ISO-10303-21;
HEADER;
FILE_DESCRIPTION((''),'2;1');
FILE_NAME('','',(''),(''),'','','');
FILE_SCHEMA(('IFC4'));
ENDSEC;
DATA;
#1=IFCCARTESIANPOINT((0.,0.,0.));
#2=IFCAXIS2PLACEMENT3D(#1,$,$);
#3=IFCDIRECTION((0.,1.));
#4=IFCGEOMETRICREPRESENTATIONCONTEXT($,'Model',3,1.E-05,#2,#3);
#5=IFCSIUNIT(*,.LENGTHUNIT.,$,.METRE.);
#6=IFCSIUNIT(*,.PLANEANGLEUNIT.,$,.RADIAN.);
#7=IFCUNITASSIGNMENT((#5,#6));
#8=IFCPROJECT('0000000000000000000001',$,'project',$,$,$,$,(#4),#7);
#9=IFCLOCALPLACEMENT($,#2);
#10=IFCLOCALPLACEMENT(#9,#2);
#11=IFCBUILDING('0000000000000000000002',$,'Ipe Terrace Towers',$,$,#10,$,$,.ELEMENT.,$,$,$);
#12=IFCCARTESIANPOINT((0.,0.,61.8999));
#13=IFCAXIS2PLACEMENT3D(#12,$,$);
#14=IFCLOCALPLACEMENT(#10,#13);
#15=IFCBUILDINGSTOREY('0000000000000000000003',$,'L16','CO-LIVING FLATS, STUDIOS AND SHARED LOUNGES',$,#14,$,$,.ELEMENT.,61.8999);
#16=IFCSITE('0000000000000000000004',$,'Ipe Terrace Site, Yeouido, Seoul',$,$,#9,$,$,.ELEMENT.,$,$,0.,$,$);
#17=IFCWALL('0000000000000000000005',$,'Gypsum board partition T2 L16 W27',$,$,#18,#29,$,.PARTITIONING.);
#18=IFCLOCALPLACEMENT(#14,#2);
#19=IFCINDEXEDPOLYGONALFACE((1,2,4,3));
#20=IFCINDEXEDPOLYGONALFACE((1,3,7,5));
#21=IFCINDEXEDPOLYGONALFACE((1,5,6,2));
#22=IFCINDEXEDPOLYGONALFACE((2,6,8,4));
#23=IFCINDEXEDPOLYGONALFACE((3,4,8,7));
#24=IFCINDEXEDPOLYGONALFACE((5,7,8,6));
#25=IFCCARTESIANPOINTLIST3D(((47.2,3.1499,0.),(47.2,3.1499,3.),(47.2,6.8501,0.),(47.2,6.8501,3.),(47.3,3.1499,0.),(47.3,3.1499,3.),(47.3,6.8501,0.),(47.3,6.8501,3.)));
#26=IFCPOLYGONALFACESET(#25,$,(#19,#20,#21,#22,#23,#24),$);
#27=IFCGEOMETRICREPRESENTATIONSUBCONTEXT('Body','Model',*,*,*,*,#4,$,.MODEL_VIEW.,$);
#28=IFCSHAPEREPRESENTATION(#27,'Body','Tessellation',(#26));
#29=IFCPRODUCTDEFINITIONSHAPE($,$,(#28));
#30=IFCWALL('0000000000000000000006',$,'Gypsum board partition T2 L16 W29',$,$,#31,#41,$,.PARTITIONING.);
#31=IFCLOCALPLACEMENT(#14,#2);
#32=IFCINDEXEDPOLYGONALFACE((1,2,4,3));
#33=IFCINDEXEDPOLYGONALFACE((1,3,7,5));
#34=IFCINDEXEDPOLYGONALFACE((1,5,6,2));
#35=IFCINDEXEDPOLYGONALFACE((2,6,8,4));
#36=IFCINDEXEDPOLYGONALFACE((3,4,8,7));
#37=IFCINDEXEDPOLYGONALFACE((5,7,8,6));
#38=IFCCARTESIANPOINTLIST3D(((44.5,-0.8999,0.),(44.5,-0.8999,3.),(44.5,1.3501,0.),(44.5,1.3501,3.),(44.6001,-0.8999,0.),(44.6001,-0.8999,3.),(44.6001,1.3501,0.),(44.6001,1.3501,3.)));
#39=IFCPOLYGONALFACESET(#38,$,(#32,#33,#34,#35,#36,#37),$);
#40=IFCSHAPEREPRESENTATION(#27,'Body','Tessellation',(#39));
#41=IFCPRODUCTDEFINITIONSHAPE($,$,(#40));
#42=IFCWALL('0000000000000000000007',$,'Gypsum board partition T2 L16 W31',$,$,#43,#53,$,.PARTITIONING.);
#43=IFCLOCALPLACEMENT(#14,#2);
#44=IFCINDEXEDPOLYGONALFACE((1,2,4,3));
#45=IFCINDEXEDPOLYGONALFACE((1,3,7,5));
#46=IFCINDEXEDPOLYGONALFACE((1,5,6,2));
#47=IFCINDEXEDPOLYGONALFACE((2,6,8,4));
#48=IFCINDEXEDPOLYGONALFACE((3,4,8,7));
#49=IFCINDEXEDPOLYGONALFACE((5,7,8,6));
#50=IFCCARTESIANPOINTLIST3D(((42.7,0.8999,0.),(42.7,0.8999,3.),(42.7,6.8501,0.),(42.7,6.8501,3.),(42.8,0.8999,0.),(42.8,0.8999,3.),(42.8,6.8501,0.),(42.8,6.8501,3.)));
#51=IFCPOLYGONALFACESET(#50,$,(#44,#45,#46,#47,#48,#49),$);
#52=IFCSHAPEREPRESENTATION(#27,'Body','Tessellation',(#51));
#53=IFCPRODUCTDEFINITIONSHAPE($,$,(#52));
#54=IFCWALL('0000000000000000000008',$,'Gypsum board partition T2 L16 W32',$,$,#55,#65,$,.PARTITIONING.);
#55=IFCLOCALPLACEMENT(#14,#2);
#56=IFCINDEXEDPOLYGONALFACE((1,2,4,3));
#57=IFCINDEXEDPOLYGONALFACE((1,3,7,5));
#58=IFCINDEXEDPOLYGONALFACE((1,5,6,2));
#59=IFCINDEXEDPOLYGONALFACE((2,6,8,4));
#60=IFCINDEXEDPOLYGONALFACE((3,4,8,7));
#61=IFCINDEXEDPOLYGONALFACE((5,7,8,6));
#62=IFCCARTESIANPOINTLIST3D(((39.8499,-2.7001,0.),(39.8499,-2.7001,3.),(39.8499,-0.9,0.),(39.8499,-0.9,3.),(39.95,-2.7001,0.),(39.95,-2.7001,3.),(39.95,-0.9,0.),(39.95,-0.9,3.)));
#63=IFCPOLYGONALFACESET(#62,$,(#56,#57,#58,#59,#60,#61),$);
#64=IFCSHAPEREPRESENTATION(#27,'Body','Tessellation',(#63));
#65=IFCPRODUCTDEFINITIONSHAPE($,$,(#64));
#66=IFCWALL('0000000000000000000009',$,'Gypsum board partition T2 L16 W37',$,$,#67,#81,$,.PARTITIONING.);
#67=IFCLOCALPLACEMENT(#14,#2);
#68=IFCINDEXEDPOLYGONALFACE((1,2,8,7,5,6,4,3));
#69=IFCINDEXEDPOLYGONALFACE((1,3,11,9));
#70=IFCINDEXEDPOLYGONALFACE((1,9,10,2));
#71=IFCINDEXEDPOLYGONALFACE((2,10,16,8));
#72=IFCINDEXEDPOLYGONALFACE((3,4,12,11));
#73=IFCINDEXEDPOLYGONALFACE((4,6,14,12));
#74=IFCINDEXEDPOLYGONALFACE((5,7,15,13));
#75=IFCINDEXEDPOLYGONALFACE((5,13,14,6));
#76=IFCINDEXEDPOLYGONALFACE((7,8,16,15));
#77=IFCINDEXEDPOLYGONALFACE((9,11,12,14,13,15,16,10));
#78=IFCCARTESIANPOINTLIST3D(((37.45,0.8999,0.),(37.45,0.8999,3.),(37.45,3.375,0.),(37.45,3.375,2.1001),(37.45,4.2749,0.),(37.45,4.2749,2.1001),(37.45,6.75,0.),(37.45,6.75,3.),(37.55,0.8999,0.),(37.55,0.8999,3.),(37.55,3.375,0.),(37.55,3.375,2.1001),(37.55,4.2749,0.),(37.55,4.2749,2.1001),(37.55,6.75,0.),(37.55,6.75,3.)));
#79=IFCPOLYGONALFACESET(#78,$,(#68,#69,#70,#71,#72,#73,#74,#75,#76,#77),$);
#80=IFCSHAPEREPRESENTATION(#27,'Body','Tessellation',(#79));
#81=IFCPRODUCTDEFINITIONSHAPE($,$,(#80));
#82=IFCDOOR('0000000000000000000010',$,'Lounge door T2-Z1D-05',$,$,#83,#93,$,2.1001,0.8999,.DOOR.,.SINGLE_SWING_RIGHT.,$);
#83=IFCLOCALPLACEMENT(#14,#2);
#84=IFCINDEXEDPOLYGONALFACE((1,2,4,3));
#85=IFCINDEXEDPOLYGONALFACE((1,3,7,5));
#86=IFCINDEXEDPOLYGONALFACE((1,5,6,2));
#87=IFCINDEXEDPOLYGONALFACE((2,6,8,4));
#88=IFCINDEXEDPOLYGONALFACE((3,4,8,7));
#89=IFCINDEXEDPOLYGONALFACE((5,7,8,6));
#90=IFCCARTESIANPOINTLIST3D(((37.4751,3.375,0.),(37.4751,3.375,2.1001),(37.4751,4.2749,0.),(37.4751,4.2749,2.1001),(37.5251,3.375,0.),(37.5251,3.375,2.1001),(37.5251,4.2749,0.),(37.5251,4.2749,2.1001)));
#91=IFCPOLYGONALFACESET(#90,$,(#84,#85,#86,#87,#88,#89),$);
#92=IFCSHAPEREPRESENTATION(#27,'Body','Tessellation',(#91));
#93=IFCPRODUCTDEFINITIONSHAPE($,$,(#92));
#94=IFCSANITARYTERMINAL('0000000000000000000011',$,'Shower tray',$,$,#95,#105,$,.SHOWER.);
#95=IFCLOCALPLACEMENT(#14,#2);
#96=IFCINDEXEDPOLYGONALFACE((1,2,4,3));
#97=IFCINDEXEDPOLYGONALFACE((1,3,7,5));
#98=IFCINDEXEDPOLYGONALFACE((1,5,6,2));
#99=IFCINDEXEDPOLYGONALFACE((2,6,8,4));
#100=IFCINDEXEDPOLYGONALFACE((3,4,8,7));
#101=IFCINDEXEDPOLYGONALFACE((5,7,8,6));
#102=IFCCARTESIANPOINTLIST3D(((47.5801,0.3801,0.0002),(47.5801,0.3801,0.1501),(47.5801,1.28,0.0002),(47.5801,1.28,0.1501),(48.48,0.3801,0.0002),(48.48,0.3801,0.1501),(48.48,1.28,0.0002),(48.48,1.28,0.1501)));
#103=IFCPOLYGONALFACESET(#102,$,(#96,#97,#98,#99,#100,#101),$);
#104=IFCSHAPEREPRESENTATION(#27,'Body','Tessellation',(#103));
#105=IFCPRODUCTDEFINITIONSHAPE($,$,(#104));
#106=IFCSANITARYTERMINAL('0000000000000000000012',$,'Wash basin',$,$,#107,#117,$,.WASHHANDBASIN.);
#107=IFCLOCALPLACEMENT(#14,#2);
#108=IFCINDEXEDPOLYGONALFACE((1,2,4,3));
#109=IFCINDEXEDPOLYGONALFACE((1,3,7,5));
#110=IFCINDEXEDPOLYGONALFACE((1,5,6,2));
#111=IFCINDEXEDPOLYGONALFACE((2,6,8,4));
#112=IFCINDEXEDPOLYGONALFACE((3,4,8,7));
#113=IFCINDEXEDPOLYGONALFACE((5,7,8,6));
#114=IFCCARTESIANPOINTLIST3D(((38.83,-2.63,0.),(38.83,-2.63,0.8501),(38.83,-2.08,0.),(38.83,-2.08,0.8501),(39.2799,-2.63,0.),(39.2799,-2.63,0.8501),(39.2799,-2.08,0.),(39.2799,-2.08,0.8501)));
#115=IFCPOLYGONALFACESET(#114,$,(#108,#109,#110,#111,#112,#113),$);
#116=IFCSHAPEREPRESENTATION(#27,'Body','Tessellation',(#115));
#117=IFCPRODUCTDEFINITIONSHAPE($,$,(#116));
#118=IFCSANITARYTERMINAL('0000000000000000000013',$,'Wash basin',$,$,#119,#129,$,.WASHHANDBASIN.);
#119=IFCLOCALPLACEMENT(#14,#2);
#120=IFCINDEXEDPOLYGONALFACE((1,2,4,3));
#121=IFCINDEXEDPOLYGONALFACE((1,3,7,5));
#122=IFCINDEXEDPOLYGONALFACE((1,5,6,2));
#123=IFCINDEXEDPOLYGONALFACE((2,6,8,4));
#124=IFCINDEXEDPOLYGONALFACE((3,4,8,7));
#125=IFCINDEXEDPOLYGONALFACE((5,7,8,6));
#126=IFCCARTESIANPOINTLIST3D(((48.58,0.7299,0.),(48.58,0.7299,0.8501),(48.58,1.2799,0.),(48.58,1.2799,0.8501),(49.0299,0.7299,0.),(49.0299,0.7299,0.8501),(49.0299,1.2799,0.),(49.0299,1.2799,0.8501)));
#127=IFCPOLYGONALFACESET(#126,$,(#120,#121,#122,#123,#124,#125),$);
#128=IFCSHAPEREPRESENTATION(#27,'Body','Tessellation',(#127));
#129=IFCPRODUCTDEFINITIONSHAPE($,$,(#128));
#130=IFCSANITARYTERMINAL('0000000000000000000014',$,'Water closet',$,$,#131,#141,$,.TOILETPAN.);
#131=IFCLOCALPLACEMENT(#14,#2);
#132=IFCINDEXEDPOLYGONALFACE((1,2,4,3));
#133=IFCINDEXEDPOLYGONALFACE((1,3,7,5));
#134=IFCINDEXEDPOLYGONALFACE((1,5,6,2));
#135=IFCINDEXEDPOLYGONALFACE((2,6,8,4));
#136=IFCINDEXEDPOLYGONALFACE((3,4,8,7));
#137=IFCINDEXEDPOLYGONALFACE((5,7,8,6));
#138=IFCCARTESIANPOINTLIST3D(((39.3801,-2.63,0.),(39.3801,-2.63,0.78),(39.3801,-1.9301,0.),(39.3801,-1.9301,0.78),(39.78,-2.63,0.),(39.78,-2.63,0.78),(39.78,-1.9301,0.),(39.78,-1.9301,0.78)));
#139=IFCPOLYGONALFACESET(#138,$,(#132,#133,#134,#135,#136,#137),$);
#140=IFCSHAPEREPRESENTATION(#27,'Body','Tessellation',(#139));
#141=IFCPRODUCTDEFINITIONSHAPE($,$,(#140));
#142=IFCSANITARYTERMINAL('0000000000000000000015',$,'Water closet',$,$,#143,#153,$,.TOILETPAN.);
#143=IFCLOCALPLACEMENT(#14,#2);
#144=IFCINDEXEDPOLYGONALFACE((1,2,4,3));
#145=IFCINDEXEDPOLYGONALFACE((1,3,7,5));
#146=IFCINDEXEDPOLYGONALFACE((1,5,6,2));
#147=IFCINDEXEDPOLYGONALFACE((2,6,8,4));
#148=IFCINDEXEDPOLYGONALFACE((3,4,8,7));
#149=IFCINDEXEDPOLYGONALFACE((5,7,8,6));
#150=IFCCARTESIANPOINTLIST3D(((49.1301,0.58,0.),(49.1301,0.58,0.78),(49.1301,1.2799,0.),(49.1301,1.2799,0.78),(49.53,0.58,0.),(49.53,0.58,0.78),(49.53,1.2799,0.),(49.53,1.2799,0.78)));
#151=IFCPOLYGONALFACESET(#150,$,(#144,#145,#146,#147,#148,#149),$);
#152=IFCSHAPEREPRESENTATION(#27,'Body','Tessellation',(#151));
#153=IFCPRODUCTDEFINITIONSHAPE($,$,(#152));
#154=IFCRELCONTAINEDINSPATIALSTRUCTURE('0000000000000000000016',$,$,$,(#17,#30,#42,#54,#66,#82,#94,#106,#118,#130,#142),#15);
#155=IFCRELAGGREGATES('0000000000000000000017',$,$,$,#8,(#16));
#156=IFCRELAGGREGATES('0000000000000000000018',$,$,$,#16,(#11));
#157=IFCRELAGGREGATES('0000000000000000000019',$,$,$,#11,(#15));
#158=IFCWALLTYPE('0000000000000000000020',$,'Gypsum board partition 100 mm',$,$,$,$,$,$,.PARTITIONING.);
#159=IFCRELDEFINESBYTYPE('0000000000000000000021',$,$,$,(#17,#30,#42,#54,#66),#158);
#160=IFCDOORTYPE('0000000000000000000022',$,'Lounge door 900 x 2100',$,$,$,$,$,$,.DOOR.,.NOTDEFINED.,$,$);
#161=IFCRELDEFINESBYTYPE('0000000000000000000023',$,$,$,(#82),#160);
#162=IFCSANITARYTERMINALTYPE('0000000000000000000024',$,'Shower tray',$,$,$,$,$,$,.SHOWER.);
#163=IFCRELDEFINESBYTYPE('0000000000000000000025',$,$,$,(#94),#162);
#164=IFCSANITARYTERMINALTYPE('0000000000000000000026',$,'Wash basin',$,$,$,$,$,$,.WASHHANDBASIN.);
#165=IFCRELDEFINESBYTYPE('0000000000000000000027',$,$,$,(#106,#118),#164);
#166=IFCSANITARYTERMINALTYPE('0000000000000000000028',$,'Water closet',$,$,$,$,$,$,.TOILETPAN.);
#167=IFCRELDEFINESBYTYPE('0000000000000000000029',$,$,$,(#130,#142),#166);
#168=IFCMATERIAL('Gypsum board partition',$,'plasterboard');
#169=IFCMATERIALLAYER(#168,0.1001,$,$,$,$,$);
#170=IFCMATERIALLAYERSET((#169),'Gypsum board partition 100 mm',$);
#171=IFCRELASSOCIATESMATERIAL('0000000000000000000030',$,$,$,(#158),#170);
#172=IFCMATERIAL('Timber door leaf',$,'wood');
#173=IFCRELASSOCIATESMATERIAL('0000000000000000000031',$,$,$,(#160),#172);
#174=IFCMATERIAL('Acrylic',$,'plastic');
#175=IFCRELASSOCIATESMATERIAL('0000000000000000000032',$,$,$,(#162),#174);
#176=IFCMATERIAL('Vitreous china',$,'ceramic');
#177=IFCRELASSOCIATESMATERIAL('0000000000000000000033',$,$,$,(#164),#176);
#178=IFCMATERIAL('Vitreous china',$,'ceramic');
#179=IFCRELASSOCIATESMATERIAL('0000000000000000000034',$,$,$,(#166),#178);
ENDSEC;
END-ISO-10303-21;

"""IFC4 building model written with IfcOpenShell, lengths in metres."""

from ifc_helpers import new_model, si_unit, direction, frame, frame_2d, origin, origin_2d, place, context, subcontext, project, spatial, rectangle, extrude, material, layer, layer_set, type_object, element, fill, save


model = new_model("IFC4")

# Units and contexts
model_context = context("Model", 3, precision=1e-05, world=origin(), true_north=direction((0.0, 1.0)))
body_context = subcontext(model_context, "Body", "Model", "MODEL_VIEW")
ifc_project = project(units=[si_unit("LENGTHUNIT", "METRE"), si_unit("PLANEANGLEUNIT", "RADIAN")], contexts=[model_context])

# Site, building, storey
site_placement = place(None, origin())
site = spatial("IfcSite", under=ifc_project, at=site_placement, Name="Ipe Terrace Site, Yeouido, Seoul", CompositionType="ELEMENT", RefElevation=0.0)
building_placement = place(site_placement, origin())
building = spatial("IfcBuilding", under=site, at=building_placement, Name="Ipe Terrace Towers", CompositionType="ELEMENT")
storey_placement = place(building_placement, frame((0.0, 0.0, 61.8999)))
storey = spatial("IfcBuildingStorey", under=building, at=storey_placement, Name="L16", Description="CO-LIVING FLATS, STUDIOS AND SHARED LOUNGES", CompositionType="ELEMENT", Elevation=61.8999)

# Shared definitions
ifc_material_1 = material(Name="Gypsum board partition", Category="plasterboard")
ifc_layer = layer(ifc_material_1, 0.1001)
ifc_layer_set = layer_set([ifc_layer], Name="Gypsum board partition 100 mm")
wall_type = type_object("IfcWallType", Name="Gypsum board partition 100 mm", PredefinedType="PARTITIONING", material=ifc_layer_set)

# Shared definitions
ifc_material_2 = material(Name="Timber door leaf", Category="wood")
door_type_1 = type_object("IfcDoorType", Name="Lounge door 900 x 2100", OperationType="NOTDEFINED", PredefinedType="DOOR", material=ifc_material_2)

# Walls
wall_1_placement = place(storey_placement, frame((47.25, 3.1499, 0.0), z_axis=(0.0, 0.0, 1.0), x_axis=(0.0, 1.0, 0.0)))
element("IfcWall", 1, at=wall_1_placement, inside=storey, type_object=wall_type, Name="Gypsum board partition T2 L16 W27", PredefinedType="PARTITIONING", context=body_context, shape_type="SweptSolid", body=[
    extrude(rectangle(XDim=3.7002, YDim=0.1001, at=frame_2d((1.8501, 0.0))), origin(), (0.0, 0.0, 1.0), 3.0),
])
wall_2_placement = place(storey_placement, frame((44.55, -0.8999, 0.0), z_axis=(0.0, 0.0, 1.0), x_axis=(0.0, 1.0, 0.0)))
element("IfcWall", 2, at=wall_2_placement, inside=storey, type_object=wall_type, Name="Gypsum board partition T2 L16 W29", PredefinedType="PARTITIONING", context=body_context, shape_type="SweptSolid", body=[
    extrude(rectangle(XDim=2.25, YDim=0.1001, at=frame_2d((1.125, 0.0))), origin(), (0.0, 0.0, 1.0), 3.0),
])
wall_3_placement = place(storey_placement, frame((42.75, 0.8999, 0.0), z_axis=(0.0, 0.0, 1.0), x_axis=(0.0, 1.0, 0.0)))
element("IfcWall", 3, at=wall_3_placement, inside=storey, type_object=wall_type, Name="Gypsum board partition T2 L16 W31", PredefinedType="PARTITIONING", context=body_context, shape_type="SweptSolid", body=[
    extrude(rectangle(XDim=5.9502, YDim=0.1001, at=frame_2d((2.9751, 0.0))), origin(), (0.0, 0.0, 1.0), 3.0),
])
wall_4_placement = place(storey_placement, frame((39.8999, -2.7, 0.0), z_axis=(0.0, 0.0, 1.0), x_axis=(0.0, 1.0, 0.0)))
element("IfcWall", 4, at=wall_4_placement, inside=storey, type_object=wall_type, Name="Gypsum board partition T2 L16 W32", PredefinedType="PARTITIONING", context=body_context, shape_type="SweptSolid", body=[
    extrude(rectangle(XDim=1.8, YDim=0.1001, at=frame_2d((0.8999, 0.0))), origin(), (0.0, 0.0, 1.0), 3.0),
])

# Wall, opening, door
wall_5_placement = place(storey_placement, frame((37.5, 0.8999, 0.0), z_axis=(0.0, 0.0, 1.0), x_axis=(0.0, 1.0, 0.0)))
wall_5 = element("IfcWall", 5, at=wall_5_placement, inside=storey, type_object=wall_type, Name="Gypsum board partition T2 L16 W37", PredefinedType="PARTITIONING", context=body_context, shape_type="SweptSolid", body=[
    extrude(rectangle(XDim=5.8501, YDim=0.1001, at=frame_2d((2.925, 0.0))), origin(), (0.0, 0.0, 1.0), 3.0),
])
opening_1_placement = place(wall_5_placement, frame((2.4751, 0.0, 0.0)))
opening_1 = element("IfcOpeningElement", 6, at=opening_1_placement, cuts=wall_5, PredefinedType="OPENING", context=body_context, shape_type="SweptSolid", body=[
    extrude(rectangle(XDim=0.8999, YDim=2.1001, at=frame_2d((0.45, 1.05))), frame((0.0, 0.0601, 0.0), z_axis=(0.0, -1.0, 0.0), x_axis=(1.0, 0.0, 0.0)), (0.0, 0.0, 1.0), 0.1201),
])
door_1_placement = place(opening_1_placement, origin())
door_1 = element("IfcDoor", 7, at=door_1_placement, inside=storey, type_object=door_type_1, Name="Lounge door T2-Z1D-05", OperationType="SINGLE_SWING_RIGHT", OverallHeight=2.1001, OverallWidth=0.8999, PredefinedType="DOOR", context=body_context, shape_type="SweptSolid", body=[
    extrude(rectangle(XDim=0.8999, YDim=2.1001, at=frame_2d((0.45, 1.05))), frame((0.0, 0.0249, 0.0), z_axis=(0.0, -1.0, 0.0), x_axis=(1.0, 0.0, 0.0)), (0.0, 0.0, 1.0), 0.05),
])
fill(opening_1, door_1)

# Sanitary terminals
ifc_material_3 = material(Name="Acrylic", Category="plastic")
sanitary_terminal_type_1 = type_object("IfcSanitaryTerminalType", Name="Shower tray", PredefinedType="SHOWER", material=ifc_material_3)
sanitary_terminal_placement = place(storey_placement, frame((48.03, 0.8301, 0.0002), z_axis=(0.0, 0.0, 1.0), x_axis=(0.0, -1.0, 0.0)))
element("IfcSanitaryTerminal", 8, at=sanitary_terminal_placement, inside=storey, type_object=sanitary_terminal_type_1, Name="Shower tray", PredefinedType="SHOWER", context=body_context, shape_type="SweptSolid", body=[
    extrude(rectangle(XDim=0.8999, YDim=0.8999, at=origin_2d()), origin(), (0.0, 0.0, 1.0), 0.1499),
])
ifc_material_4 = material(Name="Vitreous china", Category="ceramic")
sanitary_terminal_type_2 = type_object("IfcSanitaryTerminalType", Name="Wash basin", PredefinedType="WASHHANDBASIN", material=ifc_material_4)
for number, where, z_axis, x_axis, name in (
    (9, (39.0549, -2.355, 0.0), (0.0, 0.0, 1.0), (0.0, 1.0, 0.0), "Wash basin"),
    (10, (48.8049, 1.0049, 0.0), (0.0, 0.0, 1.0), (0.0, -1.0, 0.0), "Wash basin"),
):
    element("IfcSanitaryTerminal", number, at=place(storey_placement, frame(where, z_axis=z_axis, x_axis=x_axis)), inside=storey, type_object=sanitary_terminal_type_2, Name=name, PredefinedType="WASHHANDBASIN", context=body_context, shape_type="SweptSolid", body=[
        extrude(rectangle(XDim=0.55, YDim=0.45, at=origin_2d()), origin(), (0.0, 0.0, 1.0), 0.8501),
    ])
ifc_material_5 = material(Name="Vitreous china", Category="ceramic")
sanitary_terminal_type_3 = type_object("IfcSanitaryTerminalType", Name="Water closet", PredefinedType="TOILETPAN", material=ifc_material_5)
for number, where, z_axis, x_axis, name in (
    (11, (39.5801, -2.28, 0.0), (0.0, 0.0, 1.0), (0.0, 1.0, 0.0), "Water closet"),
    (12, (49.3301, 0.9299, 0.0), (0.0, 0.0, 1.0), (0.0, -1.0, 0.0), "Water closet"),
):
    element("IfcSanitaryTerminal", number, at=place(storey_placement, frame(where, z_axis=z_axis, x_axis=x_axis)), inside=storey, type_object=sanitary_terminal_type_3, Name=name, PredefinedType="TOILETPAN", context=body_context, shape_type="SweptSolid", body=[
        extrude(rectangle(XDim=0.7, YDim=0.3999, at=origin_2d()), origin(), (0.0, 0.0, 1.0), 0.78),
    ])

save(model, "model.ifc")
